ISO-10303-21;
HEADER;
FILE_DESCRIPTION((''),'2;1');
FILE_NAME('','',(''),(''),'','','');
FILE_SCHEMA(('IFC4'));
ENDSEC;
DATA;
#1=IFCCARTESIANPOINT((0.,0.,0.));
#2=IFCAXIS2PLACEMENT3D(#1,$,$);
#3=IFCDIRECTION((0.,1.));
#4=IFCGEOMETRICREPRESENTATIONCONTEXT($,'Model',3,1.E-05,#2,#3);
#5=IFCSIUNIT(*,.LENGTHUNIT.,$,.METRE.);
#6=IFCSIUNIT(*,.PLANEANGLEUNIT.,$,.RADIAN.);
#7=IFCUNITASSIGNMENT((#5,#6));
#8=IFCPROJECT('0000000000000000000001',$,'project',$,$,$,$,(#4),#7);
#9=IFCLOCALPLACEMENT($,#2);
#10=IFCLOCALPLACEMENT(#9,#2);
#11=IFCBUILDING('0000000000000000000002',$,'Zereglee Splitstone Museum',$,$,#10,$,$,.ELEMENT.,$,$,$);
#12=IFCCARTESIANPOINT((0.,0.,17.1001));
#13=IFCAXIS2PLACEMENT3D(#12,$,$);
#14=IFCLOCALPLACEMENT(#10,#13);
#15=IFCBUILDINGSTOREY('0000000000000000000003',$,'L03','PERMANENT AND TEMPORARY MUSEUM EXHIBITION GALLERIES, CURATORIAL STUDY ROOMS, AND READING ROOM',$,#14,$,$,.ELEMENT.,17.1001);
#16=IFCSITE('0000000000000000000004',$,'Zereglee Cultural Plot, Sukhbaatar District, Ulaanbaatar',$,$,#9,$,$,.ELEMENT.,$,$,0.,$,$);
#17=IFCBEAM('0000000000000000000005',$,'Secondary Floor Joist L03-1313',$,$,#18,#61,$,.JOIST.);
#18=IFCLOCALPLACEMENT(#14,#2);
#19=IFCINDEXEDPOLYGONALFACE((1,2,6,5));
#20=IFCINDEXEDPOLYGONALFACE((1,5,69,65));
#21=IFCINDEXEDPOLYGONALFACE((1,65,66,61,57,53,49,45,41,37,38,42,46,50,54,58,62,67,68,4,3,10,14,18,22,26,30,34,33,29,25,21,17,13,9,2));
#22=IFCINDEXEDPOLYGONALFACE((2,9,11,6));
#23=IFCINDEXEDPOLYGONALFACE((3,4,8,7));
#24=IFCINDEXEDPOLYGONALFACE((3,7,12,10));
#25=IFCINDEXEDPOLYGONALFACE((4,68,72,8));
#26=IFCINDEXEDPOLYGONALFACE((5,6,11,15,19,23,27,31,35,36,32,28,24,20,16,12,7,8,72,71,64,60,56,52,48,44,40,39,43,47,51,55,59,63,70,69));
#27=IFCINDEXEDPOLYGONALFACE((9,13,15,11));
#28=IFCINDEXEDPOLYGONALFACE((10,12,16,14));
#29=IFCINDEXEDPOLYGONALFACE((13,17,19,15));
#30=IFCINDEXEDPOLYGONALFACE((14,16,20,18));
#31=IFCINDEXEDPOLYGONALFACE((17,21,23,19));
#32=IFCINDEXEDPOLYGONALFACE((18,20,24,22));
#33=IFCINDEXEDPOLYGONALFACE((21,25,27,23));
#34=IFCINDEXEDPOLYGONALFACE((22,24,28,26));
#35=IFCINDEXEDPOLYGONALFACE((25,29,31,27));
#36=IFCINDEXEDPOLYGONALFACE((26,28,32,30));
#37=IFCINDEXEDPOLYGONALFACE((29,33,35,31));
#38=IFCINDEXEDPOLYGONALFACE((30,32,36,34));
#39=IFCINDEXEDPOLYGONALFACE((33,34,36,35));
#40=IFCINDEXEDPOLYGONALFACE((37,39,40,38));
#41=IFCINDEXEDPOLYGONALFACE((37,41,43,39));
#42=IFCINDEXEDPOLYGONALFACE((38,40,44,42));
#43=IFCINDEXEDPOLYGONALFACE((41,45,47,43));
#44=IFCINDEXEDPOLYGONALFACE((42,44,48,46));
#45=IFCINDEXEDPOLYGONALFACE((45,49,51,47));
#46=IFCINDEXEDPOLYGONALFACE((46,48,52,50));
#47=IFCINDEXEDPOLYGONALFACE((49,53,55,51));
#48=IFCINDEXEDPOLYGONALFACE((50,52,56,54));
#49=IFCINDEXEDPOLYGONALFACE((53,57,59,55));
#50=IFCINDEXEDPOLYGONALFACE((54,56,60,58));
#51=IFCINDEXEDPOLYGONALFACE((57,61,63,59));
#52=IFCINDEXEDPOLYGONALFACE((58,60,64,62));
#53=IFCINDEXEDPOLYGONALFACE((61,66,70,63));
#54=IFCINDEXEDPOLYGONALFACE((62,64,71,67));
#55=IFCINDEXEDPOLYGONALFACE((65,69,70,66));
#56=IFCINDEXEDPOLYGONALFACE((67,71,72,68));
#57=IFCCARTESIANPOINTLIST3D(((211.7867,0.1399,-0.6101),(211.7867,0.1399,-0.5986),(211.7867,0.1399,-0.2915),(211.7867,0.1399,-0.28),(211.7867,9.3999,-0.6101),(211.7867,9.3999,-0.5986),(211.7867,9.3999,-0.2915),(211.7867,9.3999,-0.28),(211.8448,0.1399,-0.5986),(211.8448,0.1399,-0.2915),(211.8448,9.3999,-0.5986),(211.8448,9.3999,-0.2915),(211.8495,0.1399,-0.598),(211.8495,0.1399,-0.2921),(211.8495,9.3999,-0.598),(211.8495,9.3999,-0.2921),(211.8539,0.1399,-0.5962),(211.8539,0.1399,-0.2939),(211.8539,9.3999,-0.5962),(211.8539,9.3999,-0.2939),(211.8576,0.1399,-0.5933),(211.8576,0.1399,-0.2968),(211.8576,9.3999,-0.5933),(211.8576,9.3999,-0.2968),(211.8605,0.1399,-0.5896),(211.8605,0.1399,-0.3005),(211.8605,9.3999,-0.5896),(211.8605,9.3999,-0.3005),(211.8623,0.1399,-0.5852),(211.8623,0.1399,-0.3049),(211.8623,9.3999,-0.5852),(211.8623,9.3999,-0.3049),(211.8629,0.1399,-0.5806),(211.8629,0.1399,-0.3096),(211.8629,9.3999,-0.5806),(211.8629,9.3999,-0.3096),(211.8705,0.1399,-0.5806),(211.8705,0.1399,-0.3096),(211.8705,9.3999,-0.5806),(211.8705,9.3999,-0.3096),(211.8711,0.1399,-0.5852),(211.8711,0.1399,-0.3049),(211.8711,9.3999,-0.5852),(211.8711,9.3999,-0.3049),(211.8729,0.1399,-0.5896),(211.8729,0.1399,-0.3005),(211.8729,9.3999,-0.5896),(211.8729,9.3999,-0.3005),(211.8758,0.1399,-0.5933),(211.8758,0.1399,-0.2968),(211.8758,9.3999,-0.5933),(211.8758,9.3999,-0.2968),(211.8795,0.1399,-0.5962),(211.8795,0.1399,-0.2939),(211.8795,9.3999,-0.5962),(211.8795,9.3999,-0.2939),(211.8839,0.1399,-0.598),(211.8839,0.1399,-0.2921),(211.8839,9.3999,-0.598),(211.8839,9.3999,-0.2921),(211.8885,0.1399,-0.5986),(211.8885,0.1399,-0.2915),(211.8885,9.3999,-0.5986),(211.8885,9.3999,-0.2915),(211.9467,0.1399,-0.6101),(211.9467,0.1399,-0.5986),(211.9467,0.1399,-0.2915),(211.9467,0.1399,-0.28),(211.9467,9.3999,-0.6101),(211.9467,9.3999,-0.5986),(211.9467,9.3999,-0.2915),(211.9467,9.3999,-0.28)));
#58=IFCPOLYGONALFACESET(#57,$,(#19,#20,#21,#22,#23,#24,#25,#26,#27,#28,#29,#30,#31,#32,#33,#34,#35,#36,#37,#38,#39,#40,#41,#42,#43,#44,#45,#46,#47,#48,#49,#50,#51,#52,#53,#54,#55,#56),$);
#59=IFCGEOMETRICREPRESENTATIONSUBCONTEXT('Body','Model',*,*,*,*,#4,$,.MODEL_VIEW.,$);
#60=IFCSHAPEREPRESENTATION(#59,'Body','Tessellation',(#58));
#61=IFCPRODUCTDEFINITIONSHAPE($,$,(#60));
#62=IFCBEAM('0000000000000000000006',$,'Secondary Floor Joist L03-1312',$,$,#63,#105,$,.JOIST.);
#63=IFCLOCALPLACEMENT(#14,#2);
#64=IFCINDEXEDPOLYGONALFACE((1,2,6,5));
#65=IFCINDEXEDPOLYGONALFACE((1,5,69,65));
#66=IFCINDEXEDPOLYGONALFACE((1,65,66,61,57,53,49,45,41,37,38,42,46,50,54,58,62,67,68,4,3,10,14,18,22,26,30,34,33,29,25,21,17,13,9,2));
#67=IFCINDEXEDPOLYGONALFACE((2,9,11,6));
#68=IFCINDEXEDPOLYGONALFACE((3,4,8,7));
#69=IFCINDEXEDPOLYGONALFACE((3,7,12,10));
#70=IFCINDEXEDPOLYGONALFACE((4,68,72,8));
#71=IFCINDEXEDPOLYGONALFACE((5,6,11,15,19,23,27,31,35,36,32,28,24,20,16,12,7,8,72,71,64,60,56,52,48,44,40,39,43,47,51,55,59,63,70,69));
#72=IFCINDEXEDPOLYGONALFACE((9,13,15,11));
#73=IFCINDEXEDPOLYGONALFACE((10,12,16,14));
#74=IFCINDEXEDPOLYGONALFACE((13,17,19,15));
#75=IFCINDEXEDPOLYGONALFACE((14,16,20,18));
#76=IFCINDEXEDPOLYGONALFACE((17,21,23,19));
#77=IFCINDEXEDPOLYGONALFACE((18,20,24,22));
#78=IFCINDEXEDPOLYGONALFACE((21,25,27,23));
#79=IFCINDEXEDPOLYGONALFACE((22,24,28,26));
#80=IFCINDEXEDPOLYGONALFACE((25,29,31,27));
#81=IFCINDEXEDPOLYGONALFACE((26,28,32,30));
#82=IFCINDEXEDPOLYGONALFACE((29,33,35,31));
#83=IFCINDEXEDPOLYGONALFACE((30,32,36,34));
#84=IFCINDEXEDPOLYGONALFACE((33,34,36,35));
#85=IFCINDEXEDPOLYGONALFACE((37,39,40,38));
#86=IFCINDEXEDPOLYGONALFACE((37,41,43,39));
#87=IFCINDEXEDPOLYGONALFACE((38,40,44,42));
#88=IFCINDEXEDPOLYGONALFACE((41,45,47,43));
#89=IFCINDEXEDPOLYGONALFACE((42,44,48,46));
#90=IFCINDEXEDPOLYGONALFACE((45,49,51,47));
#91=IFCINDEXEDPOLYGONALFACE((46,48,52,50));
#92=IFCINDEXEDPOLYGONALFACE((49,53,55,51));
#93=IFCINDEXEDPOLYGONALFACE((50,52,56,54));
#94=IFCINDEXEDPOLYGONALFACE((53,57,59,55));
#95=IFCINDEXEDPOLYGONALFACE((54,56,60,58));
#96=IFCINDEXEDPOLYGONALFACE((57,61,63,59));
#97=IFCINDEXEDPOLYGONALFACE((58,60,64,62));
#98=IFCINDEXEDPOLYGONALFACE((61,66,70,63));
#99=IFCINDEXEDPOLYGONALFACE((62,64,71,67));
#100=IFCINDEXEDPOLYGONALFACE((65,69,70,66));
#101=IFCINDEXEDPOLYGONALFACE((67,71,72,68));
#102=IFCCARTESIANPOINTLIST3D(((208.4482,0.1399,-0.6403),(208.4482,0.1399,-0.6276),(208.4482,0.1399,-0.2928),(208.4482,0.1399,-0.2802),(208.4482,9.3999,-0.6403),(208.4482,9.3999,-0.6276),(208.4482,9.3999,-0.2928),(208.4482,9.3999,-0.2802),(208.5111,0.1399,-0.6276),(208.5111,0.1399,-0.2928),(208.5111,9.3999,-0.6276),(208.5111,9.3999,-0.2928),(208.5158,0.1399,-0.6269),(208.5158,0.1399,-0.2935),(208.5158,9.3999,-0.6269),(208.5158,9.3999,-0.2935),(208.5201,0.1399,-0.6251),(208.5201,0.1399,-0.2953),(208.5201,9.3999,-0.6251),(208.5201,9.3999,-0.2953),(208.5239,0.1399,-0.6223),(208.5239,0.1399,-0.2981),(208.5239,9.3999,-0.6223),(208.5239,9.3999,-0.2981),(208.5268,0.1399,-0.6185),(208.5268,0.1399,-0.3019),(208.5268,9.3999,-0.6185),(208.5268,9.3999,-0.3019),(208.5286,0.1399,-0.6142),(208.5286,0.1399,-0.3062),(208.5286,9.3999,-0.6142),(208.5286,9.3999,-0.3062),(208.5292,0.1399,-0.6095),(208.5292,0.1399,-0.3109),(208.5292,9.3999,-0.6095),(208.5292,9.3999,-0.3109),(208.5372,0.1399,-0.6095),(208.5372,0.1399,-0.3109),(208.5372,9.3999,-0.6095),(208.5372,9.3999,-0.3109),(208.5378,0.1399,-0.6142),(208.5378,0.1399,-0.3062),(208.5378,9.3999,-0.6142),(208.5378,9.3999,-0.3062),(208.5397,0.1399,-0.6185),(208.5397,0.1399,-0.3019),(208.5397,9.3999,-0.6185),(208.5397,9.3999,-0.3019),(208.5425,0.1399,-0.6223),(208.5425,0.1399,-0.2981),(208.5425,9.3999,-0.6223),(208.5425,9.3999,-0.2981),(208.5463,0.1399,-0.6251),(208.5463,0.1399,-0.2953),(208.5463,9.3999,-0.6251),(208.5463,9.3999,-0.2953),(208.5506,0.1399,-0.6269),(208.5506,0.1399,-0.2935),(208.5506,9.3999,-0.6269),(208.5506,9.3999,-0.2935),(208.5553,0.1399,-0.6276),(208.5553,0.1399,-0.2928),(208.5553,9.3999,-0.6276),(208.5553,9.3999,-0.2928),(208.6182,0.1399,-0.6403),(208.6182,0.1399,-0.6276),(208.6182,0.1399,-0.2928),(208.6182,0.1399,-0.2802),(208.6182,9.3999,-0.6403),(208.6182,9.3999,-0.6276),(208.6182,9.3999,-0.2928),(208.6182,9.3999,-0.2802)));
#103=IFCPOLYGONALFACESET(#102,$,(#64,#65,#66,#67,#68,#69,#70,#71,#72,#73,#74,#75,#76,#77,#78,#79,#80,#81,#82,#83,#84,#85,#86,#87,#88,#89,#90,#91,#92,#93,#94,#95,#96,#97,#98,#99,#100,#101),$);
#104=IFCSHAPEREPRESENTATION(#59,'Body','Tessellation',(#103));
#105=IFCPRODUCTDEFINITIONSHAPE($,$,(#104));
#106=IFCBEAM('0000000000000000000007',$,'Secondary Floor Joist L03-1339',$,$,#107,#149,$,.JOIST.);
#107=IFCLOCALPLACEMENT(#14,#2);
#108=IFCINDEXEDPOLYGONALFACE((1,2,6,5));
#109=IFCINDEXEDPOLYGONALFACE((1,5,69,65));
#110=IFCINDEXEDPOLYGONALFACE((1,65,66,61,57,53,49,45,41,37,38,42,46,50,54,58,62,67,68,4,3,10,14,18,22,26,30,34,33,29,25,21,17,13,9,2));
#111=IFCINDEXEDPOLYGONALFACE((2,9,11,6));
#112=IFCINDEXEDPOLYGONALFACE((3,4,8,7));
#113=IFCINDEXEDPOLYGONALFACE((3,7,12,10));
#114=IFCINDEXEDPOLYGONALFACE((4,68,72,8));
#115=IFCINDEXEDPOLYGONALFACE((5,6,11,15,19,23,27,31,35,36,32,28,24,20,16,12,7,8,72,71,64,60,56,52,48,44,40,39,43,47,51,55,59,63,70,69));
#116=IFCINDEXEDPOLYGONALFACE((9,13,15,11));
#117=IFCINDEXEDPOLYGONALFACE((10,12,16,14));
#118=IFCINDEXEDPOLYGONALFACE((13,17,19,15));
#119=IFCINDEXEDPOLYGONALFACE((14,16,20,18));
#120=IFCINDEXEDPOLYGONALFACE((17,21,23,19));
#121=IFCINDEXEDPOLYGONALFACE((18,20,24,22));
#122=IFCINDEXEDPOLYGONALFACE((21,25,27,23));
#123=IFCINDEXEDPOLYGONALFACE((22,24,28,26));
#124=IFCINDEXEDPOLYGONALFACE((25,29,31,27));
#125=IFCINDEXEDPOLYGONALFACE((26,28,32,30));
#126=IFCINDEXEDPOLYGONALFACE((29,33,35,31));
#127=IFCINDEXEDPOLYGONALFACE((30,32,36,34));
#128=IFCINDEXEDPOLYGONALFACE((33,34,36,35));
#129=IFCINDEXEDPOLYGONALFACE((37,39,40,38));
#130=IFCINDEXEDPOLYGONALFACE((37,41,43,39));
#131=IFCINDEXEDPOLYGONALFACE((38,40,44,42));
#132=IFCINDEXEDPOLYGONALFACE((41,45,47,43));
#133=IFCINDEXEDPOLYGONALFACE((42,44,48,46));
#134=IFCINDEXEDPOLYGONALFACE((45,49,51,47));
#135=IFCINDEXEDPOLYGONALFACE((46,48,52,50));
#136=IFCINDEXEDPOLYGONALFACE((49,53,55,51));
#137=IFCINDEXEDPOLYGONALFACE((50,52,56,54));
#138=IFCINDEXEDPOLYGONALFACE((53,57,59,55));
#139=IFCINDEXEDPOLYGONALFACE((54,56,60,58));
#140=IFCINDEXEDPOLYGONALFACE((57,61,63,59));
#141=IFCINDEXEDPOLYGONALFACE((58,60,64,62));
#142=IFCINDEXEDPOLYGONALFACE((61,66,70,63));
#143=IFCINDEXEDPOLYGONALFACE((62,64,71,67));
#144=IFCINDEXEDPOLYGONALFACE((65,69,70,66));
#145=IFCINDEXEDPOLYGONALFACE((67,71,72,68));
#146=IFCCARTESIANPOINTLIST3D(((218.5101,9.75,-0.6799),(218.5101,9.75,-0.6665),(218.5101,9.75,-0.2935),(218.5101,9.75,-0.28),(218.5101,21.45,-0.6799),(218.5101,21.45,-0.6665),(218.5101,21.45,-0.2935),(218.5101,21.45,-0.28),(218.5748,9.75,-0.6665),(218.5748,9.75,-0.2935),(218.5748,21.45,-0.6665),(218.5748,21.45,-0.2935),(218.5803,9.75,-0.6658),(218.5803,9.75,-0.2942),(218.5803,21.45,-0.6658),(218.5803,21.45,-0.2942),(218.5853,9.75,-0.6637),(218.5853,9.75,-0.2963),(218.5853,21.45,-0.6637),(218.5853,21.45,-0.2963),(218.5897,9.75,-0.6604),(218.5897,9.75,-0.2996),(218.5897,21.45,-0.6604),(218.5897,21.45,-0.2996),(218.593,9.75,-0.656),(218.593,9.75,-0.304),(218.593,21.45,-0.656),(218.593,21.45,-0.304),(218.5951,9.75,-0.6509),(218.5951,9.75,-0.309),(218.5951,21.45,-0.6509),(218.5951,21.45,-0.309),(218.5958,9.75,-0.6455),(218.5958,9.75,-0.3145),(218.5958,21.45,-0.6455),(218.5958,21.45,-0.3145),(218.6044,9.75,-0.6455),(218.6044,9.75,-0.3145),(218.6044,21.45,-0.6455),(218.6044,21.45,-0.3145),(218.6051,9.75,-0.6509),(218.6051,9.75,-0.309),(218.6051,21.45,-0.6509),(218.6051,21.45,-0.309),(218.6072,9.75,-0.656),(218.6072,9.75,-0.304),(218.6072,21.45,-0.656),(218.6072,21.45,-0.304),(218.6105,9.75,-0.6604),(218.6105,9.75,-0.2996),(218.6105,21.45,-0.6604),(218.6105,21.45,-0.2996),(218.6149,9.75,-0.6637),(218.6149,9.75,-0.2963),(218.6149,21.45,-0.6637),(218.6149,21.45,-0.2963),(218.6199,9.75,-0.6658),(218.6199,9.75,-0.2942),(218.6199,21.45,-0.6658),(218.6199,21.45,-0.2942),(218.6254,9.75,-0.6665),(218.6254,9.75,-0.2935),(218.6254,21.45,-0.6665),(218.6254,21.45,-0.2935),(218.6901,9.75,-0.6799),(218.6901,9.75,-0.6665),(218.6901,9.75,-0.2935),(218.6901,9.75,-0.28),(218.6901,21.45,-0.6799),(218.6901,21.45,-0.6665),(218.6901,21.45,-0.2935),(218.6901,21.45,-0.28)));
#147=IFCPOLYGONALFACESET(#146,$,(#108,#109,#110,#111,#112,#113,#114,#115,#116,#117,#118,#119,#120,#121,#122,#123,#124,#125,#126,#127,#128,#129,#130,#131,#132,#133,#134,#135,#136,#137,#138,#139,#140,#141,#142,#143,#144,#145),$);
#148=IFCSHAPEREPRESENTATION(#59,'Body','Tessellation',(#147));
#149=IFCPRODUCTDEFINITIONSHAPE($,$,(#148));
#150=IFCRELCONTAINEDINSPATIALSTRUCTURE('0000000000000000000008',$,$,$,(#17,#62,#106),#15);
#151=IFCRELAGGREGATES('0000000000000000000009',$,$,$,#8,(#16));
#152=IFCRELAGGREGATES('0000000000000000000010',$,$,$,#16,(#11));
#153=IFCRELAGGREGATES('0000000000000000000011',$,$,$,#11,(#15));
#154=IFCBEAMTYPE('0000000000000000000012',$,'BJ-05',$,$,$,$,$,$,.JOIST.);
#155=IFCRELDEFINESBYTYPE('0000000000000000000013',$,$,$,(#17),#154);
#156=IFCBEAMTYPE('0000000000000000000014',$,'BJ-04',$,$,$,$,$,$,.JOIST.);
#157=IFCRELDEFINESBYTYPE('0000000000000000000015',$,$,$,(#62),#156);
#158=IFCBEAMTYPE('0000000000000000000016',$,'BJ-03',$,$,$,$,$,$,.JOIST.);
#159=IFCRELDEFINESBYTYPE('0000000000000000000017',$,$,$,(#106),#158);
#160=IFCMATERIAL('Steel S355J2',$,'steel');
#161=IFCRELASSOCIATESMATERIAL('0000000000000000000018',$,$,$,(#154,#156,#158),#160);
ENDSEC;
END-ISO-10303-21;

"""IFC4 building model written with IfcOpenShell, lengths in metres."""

from ifc_helpers import new_model, si_unit, direction, frame, origin, origin_2d, place, context, subcontext, project, spatial, i_section, extrude, material, material_profile, profile_set, type_object, element, save


model = new_model("IFC4")

# Units and contexts
model_context = context("Model", 3, precision=1e-05, world=origin(), true_north=direction((0.0, 1.0)))
body_context = subcontext(model_context, "Body", "Model", "MODEL_VIEW")
ifc_project = project(units=[si_unit("LENGTHUNIT", "METRE"), si_unit("PLANEANGLEUNIT", "RADIAN")], contexts=[model_context])

# Site, building, storey
site_placement = place(None, origin())
site = spatial("IfcSite", under=ifc_project, at=site_placement, Name="Zereglee Cultural Plot, Sukhbaatar District, Ulaanbaatar", CompositionType="ELEMENT", RefElevation=0.0)
building_placement = place(site_placement, origin())
building = spatial("IfcBuilding", under=site, at=building_placement, Name="Zereglee Splitstone Museum", CompositionType="ELEMENT")
storey_placement = place(building_placement, frame((0.0, 0.0, 17.1001)))
storey = spatial("IfcBuildingStorey", under=building, at=storey_placement, Name="L03", Description="PERMANENT AND TEMPORARY MUSEUM EXHIBITION GALLERIES, CURATORIAL STUDY ROOMS, AND READING ROOM", CompositionType="ELEMENT", Elevation=17.1001)

# Shared definitions
ifc_material_1 = material(Name="Steel S355J2", Category="steel")

# Beams
ifc_material_profile_1 = material_profile(ifc_material_1, i_section(OverallWidth=0.1599, OverallDepth=0.3301, WebThickness=0.0076, FlangeThickness=0.0115, FilletRadius=0.0181, at=origin_2d()), Name="IPE 330")
ifc_profile_set_1 = profile_set([ifc_material_profile_1], Name="Steel S355J2")
beam_type_1 = type_object("IfcBeamType", Name="BJ-05", PredefinedType="JOIST", material=ifc_profile_set_1)
beam_1_placement = place(storey_placement, frame((211.8667, 0.1399, -0.4451), z_axis=(0.0, 1.0, 0.0), x_axis=(-1.0, 0.0, 0.0)))
element("IfcBeam", 1, at=beam_1_placement, inside=storey, type_object=beam_type_1, Name="Secondary Floor Joist L03-1313", PredefinedType="JOIST", context=body_context, shape_type="SweptSolid", body=[
    extrude(i_section(OverallWidth=0.1599, OverallDepth=0.3301, WebThickness=0.0076, FlangeThickness=0.0115, FilletRadius=0.0181, at=origin_2d()), origin(), (0.0, 0.0, 1.0), 9.26),
])
ifc_material_profile_2 = material_profile(ifc_material_1, i_section(OverallWidth=0.1699, OverallDepth=0.3601, WebThickness=0.0081, FlangeThickness=0.0127, FilletRadius=0.0181, at=origin_2d()), Name="IPE 360")
ifc_profile_set_2 = profile_set([ifc_material_profile_2], Name="Steel S355J2")
beam_type_2 = type_object("IfcBeamType", Name="BJ-04", PredefinedType="JOIST", material=ifc_profile_set_2)
beam_2_placement = place(storey_placement, frame((208.5332, 0.1399, -0.4602), z_axis=(0.0, 1.0, 0.0), x_axis=(-1.0, 0.0, 0.0)))
element("IfcBeam", 2, at=beam_2_placement, inside=storey, type_object=beam_type_2, Name="Secondary Floor Joist L03-1312", PredefinedType="JOIST", context=body_context, shape_type="SweptSolid", body=[
    extrude(i_section(OverallWidth=0.1699, OverallDepth=0.3601, WebThickness=0.0081, FlangeThickness=0.0127, FilletRadius=0.0181, at=origin_2d()), origin(), (0.0, 0.0, 1.0), 9.26),
])
ifc_material_profile_3 = material_profile(ifc_material_1, i_section(OverallWidth=0.1799, OverallDepth=0.3999, WebThickness=0.0085, FlangeThickness=0.0134, FilletRadius=0.021, at=origin_2d()), Name="IPE 400")
ifc_profile_set_3 = profile_set([ifc_material_profile_3], Name="Steel S355J2")
beam_type_3 = type_object("IfcBeamType", Name="BJ-03", PredefinedType="JOIST", material=ifc_profile_set_3)
beam_3_placement = place(storey_placement, frame((218.6001, 9.75, -0.48), z_axis=(0.0, 1.0, 0.0), x_axis=(-1.0, 0.0, 0.0)))
element("IfcBeam", 3, at=beam_3_placement, inside=storey, type_object=beam_type_3, Name="Secondary Floor Joist L03-1339", PredefinedType="JOIST", context=body_context, shape_type="SweptSolid", body=[
    extrude(i_section(OverallWidth=0.1799, OverallDepth=0.3999, WebThickness=0.0085, FlangeThickness=0.0134, FilletRadius=0.021, at=origin_2d()), origin(), (0.0, 0.0, 1.0), 11.7),
])

save(model, "model.ifc")
